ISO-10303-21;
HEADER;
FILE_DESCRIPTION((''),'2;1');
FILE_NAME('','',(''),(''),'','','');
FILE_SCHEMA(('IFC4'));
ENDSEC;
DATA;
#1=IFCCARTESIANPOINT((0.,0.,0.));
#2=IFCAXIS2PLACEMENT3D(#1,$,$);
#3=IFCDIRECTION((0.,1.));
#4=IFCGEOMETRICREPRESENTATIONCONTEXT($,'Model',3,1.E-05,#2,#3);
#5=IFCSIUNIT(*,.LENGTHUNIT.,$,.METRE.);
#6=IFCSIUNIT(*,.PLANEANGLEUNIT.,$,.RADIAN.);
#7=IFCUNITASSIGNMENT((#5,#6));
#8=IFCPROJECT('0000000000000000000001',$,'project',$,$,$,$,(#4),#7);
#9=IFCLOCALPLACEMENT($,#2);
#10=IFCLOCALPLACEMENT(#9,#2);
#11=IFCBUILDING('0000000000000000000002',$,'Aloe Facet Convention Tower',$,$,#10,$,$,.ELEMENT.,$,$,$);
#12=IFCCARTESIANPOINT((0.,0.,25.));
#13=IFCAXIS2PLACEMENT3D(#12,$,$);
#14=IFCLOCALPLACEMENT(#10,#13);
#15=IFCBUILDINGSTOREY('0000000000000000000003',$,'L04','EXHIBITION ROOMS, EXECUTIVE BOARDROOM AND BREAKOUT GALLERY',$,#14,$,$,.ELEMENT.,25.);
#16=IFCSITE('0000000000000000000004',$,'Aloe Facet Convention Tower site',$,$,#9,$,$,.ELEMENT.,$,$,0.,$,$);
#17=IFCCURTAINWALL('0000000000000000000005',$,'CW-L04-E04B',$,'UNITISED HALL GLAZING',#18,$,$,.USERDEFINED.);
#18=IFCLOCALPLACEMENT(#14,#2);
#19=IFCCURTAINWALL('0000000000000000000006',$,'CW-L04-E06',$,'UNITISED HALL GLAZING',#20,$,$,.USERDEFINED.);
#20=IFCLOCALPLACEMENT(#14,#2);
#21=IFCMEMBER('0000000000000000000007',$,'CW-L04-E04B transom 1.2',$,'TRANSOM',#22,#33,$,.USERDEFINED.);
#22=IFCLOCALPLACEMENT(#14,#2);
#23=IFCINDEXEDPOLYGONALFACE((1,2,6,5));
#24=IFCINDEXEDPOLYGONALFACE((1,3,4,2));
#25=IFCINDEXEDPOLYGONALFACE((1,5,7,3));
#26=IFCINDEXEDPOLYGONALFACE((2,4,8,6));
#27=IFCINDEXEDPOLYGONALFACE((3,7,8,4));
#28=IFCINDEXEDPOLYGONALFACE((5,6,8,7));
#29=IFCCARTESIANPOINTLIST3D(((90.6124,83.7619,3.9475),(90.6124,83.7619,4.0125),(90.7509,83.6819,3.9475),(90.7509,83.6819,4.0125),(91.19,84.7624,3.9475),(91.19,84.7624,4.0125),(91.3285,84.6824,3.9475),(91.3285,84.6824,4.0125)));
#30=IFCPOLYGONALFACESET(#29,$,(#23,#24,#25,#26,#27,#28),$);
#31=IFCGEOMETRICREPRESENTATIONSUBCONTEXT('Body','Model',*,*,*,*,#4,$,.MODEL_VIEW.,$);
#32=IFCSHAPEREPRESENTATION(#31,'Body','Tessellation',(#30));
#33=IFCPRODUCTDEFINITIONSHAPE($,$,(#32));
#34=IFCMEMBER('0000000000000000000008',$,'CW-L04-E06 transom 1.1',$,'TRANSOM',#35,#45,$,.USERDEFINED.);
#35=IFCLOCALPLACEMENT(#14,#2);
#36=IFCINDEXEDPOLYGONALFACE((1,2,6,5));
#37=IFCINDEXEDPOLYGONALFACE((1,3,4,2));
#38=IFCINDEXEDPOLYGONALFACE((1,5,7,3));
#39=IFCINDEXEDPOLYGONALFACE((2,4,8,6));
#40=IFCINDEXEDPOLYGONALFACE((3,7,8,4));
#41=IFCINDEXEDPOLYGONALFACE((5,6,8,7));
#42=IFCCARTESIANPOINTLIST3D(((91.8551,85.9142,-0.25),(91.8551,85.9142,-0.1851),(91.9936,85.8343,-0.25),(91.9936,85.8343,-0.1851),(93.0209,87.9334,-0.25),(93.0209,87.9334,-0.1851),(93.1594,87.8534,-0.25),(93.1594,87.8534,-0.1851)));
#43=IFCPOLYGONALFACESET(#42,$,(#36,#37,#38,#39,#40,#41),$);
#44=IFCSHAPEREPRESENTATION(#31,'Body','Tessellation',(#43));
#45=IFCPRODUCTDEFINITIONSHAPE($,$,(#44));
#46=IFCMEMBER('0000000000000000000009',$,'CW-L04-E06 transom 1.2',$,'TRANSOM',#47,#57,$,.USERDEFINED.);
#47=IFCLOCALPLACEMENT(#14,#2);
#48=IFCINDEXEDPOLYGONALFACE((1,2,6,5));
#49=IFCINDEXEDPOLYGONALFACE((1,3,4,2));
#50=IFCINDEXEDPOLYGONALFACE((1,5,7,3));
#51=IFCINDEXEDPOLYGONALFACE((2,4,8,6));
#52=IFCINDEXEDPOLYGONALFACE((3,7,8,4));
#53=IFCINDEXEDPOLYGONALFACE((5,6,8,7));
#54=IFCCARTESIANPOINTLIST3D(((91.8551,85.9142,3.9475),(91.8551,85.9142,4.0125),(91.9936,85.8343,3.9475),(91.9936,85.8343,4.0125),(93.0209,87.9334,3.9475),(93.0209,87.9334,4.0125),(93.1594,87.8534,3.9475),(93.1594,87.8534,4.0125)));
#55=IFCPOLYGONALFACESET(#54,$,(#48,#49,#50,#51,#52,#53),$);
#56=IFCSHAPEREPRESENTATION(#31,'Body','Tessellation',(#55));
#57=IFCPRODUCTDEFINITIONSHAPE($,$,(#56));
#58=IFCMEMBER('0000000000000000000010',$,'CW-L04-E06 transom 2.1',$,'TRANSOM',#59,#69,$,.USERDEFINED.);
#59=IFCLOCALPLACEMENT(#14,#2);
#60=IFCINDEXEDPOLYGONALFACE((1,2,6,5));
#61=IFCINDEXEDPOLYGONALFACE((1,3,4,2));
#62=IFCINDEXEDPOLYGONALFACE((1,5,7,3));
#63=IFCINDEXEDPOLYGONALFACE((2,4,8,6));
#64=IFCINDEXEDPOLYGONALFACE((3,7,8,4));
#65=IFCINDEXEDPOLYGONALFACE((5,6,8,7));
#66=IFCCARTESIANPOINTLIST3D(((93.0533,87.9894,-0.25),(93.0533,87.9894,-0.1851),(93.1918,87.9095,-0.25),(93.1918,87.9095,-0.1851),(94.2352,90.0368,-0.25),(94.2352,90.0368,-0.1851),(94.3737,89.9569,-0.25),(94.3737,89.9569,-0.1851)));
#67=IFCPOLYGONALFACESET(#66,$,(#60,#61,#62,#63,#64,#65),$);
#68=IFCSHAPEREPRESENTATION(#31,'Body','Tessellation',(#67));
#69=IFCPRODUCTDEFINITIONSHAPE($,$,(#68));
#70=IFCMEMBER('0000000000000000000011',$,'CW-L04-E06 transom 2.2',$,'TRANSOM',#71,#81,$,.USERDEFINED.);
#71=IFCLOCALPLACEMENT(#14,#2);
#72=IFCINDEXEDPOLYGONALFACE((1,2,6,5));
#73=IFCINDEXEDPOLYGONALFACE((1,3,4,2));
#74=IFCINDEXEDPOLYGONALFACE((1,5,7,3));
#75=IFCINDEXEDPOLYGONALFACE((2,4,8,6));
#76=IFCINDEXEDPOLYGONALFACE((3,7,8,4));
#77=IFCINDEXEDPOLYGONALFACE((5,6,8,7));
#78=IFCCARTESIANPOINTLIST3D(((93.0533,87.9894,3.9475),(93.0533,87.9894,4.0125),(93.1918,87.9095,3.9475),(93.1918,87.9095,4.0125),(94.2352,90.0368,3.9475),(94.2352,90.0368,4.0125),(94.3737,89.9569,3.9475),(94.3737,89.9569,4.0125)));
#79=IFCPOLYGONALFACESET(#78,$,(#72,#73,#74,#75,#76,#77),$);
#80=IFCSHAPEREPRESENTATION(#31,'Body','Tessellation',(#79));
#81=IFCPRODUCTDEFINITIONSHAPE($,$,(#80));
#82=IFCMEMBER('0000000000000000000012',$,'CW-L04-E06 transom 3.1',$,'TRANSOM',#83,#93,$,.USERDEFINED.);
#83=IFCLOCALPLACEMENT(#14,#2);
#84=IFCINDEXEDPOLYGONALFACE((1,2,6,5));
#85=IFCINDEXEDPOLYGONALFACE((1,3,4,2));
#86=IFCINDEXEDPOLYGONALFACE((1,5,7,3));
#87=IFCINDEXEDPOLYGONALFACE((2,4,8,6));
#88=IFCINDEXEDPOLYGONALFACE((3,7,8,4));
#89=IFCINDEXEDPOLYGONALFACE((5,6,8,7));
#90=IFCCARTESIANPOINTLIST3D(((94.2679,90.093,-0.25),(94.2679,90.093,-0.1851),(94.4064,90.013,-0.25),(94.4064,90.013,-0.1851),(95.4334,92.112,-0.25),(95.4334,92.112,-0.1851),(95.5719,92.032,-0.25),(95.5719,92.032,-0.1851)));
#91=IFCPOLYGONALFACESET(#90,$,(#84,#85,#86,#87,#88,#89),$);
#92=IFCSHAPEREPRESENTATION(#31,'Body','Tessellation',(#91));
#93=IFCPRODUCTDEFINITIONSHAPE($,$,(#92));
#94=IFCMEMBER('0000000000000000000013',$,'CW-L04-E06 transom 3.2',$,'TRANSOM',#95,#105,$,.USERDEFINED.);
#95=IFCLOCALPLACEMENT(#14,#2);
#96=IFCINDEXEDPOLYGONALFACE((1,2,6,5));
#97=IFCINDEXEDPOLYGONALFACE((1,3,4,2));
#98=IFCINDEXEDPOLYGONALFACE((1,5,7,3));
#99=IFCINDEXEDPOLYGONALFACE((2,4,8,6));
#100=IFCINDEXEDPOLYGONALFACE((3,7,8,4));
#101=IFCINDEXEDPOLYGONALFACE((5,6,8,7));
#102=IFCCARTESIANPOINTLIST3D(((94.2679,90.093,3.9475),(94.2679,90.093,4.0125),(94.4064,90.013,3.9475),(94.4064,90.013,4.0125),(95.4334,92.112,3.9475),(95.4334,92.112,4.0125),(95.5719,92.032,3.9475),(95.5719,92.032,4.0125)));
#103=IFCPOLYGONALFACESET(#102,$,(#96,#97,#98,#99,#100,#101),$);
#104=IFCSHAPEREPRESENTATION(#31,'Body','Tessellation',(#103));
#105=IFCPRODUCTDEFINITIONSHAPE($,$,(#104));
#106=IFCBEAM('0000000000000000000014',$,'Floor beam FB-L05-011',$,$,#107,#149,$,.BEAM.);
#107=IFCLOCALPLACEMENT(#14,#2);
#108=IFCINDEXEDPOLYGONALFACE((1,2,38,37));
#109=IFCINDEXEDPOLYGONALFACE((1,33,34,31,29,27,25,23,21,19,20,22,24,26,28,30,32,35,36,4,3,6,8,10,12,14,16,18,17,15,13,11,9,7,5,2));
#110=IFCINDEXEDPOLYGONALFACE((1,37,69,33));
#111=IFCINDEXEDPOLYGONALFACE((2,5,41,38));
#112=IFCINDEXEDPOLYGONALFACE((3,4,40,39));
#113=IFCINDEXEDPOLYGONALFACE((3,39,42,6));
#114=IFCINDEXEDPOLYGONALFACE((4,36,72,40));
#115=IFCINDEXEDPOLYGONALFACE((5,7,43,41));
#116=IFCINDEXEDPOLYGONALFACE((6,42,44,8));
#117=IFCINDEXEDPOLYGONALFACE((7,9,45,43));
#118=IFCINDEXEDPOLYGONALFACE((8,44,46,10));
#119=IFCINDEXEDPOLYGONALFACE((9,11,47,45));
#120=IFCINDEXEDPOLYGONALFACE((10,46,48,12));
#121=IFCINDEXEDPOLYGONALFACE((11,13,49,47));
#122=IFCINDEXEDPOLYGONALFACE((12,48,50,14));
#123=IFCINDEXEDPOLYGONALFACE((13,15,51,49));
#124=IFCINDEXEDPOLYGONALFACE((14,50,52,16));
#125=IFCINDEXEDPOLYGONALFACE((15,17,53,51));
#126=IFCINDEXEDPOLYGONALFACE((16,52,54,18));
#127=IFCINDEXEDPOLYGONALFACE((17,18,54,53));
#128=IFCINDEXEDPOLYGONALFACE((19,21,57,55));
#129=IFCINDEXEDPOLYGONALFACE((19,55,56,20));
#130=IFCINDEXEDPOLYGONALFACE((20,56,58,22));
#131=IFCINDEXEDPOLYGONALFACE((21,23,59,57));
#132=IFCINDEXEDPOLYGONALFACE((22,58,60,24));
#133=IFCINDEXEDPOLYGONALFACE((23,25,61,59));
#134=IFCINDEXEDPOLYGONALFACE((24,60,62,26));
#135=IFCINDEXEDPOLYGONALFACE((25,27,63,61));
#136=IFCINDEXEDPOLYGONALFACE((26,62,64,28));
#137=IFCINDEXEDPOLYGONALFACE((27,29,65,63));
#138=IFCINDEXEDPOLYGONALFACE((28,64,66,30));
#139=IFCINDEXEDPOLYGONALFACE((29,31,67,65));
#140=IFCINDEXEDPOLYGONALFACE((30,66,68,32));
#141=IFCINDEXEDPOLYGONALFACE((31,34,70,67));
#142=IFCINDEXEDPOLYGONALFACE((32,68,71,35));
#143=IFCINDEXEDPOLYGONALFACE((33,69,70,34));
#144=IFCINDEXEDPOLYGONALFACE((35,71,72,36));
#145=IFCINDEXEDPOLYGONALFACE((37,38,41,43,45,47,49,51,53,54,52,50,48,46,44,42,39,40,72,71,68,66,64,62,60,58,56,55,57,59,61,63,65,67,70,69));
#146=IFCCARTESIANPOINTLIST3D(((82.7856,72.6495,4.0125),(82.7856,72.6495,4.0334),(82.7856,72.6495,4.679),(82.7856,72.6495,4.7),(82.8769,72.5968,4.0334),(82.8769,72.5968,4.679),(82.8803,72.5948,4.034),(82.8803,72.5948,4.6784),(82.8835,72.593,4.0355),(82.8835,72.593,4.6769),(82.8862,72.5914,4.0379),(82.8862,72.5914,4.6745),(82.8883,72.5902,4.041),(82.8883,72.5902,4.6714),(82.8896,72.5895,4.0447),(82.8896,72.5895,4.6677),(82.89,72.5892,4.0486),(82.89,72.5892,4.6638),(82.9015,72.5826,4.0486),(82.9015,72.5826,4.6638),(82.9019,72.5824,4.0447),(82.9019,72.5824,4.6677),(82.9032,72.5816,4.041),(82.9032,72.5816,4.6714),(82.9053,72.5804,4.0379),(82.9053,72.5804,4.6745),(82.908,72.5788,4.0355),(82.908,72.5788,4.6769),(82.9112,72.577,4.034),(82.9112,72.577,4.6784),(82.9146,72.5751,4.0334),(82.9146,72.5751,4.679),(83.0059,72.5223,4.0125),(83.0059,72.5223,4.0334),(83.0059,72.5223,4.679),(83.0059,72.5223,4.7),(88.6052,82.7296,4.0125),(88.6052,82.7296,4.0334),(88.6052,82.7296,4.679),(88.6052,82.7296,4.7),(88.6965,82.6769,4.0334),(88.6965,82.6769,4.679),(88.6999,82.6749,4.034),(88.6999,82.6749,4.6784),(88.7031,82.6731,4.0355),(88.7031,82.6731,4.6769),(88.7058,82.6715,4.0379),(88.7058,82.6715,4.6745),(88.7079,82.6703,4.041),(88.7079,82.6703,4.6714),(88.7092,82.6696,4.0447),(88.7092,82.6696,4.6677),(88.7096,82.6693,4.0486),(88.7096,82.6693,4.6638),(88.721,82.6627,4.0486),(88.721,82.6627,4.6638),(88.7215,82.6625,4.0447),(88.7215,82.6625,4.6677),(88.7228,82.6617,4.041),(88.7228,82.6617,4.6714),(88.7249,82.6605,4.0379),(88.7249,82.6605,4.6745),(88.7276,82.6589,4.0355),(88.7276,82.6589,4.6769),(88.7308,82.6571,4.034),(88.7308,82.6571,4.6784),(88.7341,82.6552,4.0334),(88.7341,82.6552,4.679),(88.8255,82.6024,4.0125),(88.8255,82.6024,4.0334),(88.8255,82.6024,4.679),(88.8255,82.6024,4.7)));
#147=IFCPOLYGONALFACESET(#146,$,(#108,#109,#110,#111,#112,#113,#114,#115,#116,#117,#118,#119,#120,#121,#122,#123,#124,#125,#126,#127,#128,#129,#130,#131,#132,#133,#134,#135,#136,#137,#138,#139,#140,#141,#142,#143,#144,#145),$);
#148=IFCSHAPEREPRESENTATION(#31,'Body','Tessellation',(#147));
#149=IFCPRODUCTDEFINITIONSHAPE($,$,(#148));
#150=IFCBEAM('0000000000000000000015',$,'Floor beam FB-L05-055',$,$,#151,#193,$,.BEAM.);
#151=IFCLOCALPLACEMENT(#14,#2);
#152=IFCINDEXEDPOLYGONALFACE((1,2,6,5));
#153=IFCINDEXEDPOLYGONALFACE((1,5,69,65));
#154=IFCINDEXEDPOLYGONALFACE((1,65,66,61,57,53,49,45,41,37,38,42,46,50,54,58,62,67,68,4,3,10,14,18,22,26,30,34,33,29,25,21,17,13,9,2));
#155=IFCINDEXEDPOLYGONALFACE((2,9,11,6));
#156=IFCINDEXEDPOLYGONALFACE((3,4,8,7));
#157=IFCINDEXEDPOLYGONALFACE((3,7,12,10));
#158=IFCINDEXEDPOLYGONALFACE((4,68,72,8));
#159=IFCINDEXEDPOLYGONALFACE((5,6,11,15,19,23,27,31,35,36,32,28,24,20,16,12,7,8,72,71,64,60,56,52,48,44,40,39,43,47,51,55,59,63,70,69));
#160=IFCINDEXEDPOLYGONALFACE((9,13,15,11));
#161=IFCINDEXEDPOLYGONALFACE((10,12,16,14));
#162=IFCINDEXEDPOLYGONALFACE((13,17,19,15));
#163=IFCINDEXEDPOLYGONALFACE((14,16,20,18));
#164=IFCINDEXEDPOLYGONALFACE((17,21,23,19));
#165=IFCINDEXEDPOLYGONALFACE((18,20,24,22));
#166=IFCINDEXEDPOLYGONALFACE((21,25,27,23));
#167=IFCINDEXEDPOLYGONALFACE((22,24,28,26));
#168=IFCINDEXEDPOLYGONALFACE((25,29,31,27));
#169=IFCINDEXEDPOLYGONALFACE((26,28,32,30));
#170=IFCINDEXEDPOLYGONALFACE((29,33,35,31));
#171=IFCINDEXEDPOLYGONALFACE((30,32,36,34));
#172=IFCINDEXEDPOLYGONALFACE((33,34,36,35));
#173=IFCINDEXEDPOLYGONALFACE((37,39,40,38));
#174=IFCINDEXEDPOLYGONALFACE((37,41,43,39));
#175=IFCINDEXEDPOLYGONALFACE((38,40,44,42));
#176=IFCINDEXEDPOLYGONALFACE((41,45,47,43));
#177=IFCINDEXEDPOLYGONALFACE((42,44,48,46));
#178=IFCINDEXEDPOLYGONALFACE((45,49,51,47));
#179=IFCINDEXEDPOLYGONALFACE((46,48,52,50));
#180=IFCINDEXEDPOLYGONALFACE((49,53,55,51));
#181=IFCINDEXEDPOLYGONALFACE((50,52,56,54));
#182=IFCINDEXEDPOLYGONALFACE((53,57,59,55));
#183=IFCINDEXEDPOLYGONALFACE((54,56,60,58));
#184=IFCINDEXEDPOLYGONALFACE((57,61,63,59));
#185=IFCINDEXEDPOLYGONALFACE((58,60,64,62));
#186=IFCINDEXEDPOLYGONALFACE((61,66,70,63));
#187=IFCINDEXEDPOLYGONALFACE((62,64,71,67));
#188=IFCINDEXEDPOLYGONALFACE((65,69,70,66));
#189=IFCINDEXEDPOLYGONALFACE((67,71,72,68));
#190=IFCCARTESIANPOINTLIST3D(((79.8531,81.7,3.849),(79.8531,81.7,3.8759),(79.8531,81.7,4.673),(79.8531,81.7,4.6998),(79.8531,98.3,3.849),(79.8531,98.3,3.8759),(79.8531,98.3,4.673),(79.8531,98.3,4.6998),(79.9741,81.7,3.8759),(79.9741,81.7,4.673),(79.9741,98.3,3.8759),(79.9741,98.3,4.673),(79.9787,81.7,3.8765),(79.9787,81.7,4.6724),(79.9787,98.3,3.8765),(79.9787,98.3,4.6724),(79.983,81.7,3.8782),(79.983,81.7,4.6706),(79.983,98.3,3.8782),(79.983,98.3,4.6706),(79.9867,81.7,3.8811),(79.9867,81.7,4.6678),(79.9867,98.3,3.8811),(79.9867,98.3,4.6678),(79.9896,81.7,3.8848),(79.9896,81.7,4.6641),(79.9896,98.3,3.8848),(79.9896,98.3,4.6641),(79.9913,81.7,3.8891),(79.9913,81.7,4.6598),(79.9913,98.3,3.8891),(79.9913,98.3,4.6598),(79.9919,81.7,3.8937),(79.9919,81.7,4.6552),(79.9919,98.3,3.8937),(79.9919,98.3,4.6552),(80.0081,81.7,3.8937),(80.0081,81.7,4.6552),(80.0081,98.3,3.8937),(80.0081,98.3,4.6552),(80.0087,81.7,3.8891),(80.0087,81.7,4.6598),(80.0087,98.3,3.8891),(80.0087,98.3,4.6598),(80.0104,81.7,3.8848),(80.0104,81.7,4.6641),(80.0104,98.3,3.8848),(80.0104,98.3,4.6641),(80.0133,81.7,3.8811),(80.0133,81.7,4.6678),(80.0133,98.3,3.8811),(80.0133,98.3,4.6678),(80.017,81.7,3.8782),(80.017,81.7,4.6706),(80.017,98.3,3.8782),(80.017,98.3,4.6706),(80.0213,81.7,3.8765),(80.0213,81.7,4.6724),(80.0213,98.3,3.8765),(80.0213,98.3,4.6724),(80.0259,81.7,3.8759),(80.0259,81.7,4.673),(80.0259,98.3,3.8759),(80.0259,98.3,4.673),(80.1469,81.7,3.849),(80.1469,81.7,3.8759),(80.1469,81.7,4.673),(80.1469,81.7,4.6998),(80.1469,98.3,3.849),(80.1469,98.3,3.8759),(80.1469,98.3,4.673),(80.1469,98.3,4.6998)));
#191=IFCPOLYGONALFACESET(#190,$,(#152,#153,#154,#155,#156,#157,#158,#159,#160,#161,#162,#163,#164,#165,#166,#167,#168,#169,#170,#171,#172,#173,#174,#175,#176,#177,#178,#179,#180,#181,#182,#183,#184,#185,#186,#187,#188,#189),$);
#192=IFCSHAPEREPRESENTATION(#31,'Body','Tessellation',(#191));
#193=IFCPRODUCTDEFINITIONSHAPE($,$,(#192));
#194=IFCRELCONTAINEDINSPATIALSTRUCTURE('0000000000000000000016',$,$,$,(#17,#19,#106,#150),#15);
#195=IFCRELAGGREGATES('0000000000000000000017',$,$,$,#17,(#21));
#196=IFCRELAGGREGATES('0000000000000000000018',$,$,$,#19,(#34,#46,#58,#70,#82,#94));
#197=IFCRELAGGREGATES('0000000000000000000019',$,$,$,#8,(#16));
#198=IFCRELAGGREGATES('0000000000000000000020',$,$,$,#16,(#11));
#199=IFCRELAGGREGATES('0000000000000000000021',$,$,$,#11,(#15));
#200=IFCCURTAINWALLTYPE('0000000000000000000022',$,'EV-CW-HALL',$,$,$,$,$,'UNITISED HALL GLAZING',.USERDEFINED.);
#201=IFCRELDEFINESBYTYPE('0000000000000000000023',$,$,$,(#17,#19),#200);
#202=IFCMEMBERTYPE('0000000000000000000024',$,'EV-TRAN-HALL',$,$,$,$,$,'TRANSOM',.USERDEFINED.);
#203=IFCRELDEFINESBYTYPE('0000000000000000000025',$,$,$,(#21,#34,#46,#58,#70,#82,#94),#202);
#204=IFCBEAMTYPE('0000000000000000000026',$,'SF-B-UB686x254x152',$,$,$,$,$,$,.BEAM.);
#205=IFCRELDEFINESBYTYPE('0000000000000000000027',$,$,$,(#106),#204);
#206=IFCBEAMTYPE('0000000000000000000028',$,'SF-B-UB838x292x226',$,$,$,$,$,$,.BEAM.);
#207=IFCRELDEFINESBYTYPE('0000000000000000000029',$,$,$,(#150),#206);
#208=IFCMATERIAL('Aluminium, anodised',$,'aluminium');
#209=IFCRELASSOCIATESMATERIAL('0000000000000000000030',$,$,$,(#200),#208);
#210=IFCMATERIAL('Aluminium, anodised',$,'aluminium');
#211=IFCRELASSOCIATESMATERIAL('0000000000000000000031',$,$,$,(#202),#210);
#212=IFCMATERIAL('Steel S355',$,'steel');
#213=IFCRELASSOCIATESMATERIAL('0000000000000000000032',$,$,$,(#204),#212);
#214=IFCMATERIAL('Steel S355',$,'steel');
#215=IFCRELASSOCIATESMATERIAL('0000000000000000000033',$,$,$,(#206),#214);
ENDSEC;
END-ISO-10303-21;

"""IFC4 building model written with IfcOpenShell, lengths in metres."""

from ifc_helpers import new_model, si_unit, direction, frame, origin, origin_2d, place, context, subcontext, project, spatial, rectangle, i_section, extrude, material, material_profile, profile_set, type_object, element, aggregate, save


model = new_model("IFC4")

# Units and contexts
model_context = context("Model", 3, precision=1e-05, world=origin(), true_north=direction((0.0, 1.0)))
body_context = subcontext(model_context, "Body", "Model", "MODEL_VIEW")
ifc_project = project(units=[si_unit("LENGTHUNIT", "METRE"), si_unit("PLANEANGLEUNIT", "RADIAN")], contexts=[model_context])

# Site, building, storey
site_placement = place(None, origin())
site = spatial("IfcSite", under=ifc_project, at=site_placement, Name="Aloe Facet Convention Tower site", CompositionType="ELEMENT", RefElevation=0.0)
building_placement = place(site_placement, origin())
building = spatial("IfcBuilding", under=site, at=building_placement, Name="Aloe Facet Convention Tower", CompositionType="ELEMENT")
storey_placement = place(building_placement, frame((0.0, 0.0, 25.0)))
storey = spatial("IfcBuildingStorey", under=building, at=storey_placement, Name="L04", Description="EXHIBITION ROOMS, EXECUTIVE BOARDROOM AND BREAKOUT GALLERY", CompositionType="ELEMENT", Elevation=25.0)

# Curtain walls
ifc_material_1 = material(Name="Aluminium, anodised", Category="aluminium")
curtain_wall_type = type_object("IfcCurtainWallType", Name="EV-CW-HALL", ElementType="UNITISED HALL GLAZING", PredefinedType="USERDEFINED", material=ifc_material_1)
curtain_wall_1_placement = place(storey_placement, origin())
curtain_wall_1 = element("IfcCurtainWall", 1, at=curtain_wall_1_placement, inside=storey, type_object=curtain_wall_type, Name="CW-L04-E04B", ObjectType="UNITISED HALL GLAZING", PredefinedType="USERDEFINED")
curtain_wall_2_placement = place(storey_placement, origin())
curtain_wall_2 = element("IfcCurtainWall", 2, at=curtain_wall_2_placement, inside=storey, type_object=curtain_wall_type, Name="CW-L04-E06", ObjectType="UNITISED HALL GLAZING", PredefinedType="USERDEFINED")

# Members
ifc_material_2 = material(Name="Aluminium, anodised", Category="aluminium")
ifc_material_profile_1 = material_profile(ifc_material_2, rectangle(XDim=0.1599, YDim=0.0649, at=origin_2d()), Name="AL 160x65")
ifc_profile_set_1 = profile_set([ifc_material_profile_1], Name="Aluminium, anodised")
member_type_1 = type_object("IfcMemberType", Name="EV-TRAN-HALL", ElementType="TRANSOM", PredefinedType="USERDEFINED", material=ifc_profile_set_1)
member_1_placement = place(storey_placement, frame((90.6816, 83.7219, 3.98), z_axis=(0.500003, 0.866024, 0.0), x_axis=(-0.866024, 0.500003, 0.0)))
member_1 = element("IfcMember", 3, at=member_1_placement, type_object=member_type_1, Name="CW-L04-E04B transom 1.2", ObjectType="TRANSOM", PredefinedType="USERDEFINED", context=body_context, shape_type="SweptSolid", body=[
    extrude(rectangle(XDim=0.1599, YDim=0.0649, at=origin_2d()), origin(), (0.0, 0.0, 1.0), 1.1553),
])
member_2_placement = place(storey_placement, frame((91.9243, 85.8743, -0.2175), z_axis=(0.500025, 0.866011, 0.0), x_axis=(-0.866011, 0.500025, 0.0)))
member_2 = element("IfcMember", 4, at=member_2_placement, type_object=member_type_1, Name="CW-L04-E06 transom 1.1", ObjectType="TRANSOM", PredefinedType="USERDEFINED", context=body_context, shape_type="SweptSolid", body=[
    extrude(rectangle(XDim=0.1599, YDim=0.0649, at=origin_2d()), origin(), (0.0, 0.0, 1.0), 2.3315),
])
member_3_placement = place(storey_placement, frame((91.9243, 85.8743, 3.98), z_axis=(0.500025, 0.866011, 0.0), x_axis=(-0.866011, 0.500025, 0.0)))
member_3 = element("IfcMember", 5, at=member_3_placement, type_object=member_type_1, Name="CW-L04-E06 transom 1.2", ObjectType="TRANSOM", PredefinedType="USERDEFINED", context=body_context, shape_type="SweptSolid", body=[
    extrude(rectangle(XDim=0.1599, YDim=0.0649, at=origin_2d()), origin(), (0.0, 0.0, 1.0), 2.3315),
])
member_4_placement = place(storey_placement, frame((93.1226, 87.9495, -0.2175), z_axis=(0.499949, 0.866055, 0.0), x_axis=(-0.866055, 0.499949, 0.0)))
member_4 = element("IfcMember", 6, at=member_4_placement, type_object=member_type_1, Name="CW-L04-E06 transom 2.1", ObjectType="TRANSOM", PredefinedType="USERDEFINED", context=body_context, shape_type="SweptSolid", body=[
    extrude(rectangle(XDim=0.1599, YDim=0.0649, at=origin_2d()), origin(), (0.0, 0.0, 1.0), 2.364),
])
member_5_placement = place(storey_placement, frame((93.1226, 87.9495, 3.98), z_axis=(0.499949, 0.866055, 0.0), x_axis=(-0.866055, 0.499949, 0.0)))
member_5 = element("IfcMember", 7, at=member_5_placement, type_object=member_type_1, Name="CW-L04-E06 transom 2.2", ObjectType="TRANSOM", PredefinedType="USERDEFINED", context=body_context, shape_type="SweptSolid", body=[
    extrude(rectangle(XDim=0.1599, YDim=0.0649, at=origin_2d()), origin(), (0.0, 0.0, 1.0), 2.364),
])
member_6_placement = place(storey_placement, frame((94.3372, 90.053, -0.2175), z_axis=(0.499946, 0.866057, 0.0), x_axis=(-0.866057, 0.499946, 0.0)))
member_6 = element("IfcMember", 8, at=member_6_placement, type_object=member_type_1, Name="CW-L04-E06 transom 3.1", ObjectType="TRANSOM", PredefinedType="USERDEFINED", context=body_context, shape_type="SweptSolid", body=[
    extrude(rectangle(XDim=0.1599, YDim=0.0649, at=origin_2d()), origin(), (0.0, 0.0, 1.0), 2.3313),
])
member_7_placement = place(storey_placement, frame((94.3372, 90.053, 3.98), z_axis=(0.499946, 0.866057, 0.0), x_axis=(-0.866057, 0.499946, 0.0)))
member_7 = element("IfcMember", 9, at=member_7_placement, type_object=member_type_1, Name="CW-L04-E06 transom 3.2", ObjectType="TRANSOM", PredefinedType="USERDEFINED", context=body_context, shape_type="SweptSolid", body=[
    extrude(rectangle(XDim=0.1599, YDim=0.0649, at=origin_2d()), origin(), (0.0, 0.0, 1.0), 2.3313),
])

# Beams
ifc_material_3 = material(Name="Steel S355", Category="steel")
ifc_material_profile_2 = material_profile(ifc_material_3, i_section(OverallWidth=0.2544, OverallDepth=0.6875, WebThickness=0.0132, FlangeThickness=0.021, FilletRadius=0.0151, at=origin_2d()), Name="UB 686x254x152")
ifc_profile_set_2 = profile_set([ifc_material_profile_2], Name="Steel S355")
beam_type_1 = type_object("IfcBeamType", Name="SF-B-UB686x254x152", PredefinedType="BEAM", material=ifc_profile_set_2)
beam_1_placement = place(storey_placement, frame((88.7153, 82.666, 4.3562), z_axis=(-0.49999, -0.866031, 0.0), x_axis=(0.866031, -0.49999, 0.0)))
element("IfcBeam", 10, at=beam_1_placement, inside=storey, type_object=beam_type_1, Name="Floor beam FB-L05-011", PredefinedType="BEAM", context=body_context, shape_type="SweptSolid", body=[
    extrude(i_section(OverallWidth=0.2544, OverallDepth=0.6875, WebThickness=0.0132, FlangeThickness=0.021, FilletRadius=0.0151, at=origin_2d()), origin(), (0.0, 0.0, 1.0), 11.6394),
])
ifc_material_4 = material(Name="Steel S355", Category="steel")
ifc_material_profile_3 = material_profile(ifc_material_4, i_section(OverallWidth=0.2937, OverallDepth=0.8508, WebThickness=0.0161, FlangeThickness=0.0269, FilletRadius=0.0178, at=origin_2d()), Name="UB 838x292x226")
ifc_profile_set_3 = profile_set([ifc_material_profile_3], Name="Steel S355")
beam_type_2 = type_object("IfcBeamType", Name="SF-B-UB838x292x226", PredefinedType="BEAM", material=ifc_profile_set_3)
beam_2_placement = place(storey_placement, frame((80.0, 81.7, 4.2744), z_axis=(0.0, 1.0, 0.0), x_axis=(-1.0, 0.0, 0.0)))
element("IfcBeam", 11, at=beam_2_placement, inside=storey, type_object=beam_type_2, Name="Floor beam FB-L05-055", PredefinedType="BEAM", context=body_context, shape_type="SweptSolid", body=[
    extrude(i_section(OverallWidth=0.2937, OverallDepth=0.8508, WebThickness=0.0161, FlangeThickness=0.0269, FilletRadius=0.0178, at=origin_2d()), origin(), (0.0, 0.0, 1.0), 16.6001),
])

aggregate(curtain_wall_1, [member_1])
aggregate(curtain_wall_2, [member_2, member_3, member_4, member_5, member_6, member_7])

save(model, "model.ifc")
